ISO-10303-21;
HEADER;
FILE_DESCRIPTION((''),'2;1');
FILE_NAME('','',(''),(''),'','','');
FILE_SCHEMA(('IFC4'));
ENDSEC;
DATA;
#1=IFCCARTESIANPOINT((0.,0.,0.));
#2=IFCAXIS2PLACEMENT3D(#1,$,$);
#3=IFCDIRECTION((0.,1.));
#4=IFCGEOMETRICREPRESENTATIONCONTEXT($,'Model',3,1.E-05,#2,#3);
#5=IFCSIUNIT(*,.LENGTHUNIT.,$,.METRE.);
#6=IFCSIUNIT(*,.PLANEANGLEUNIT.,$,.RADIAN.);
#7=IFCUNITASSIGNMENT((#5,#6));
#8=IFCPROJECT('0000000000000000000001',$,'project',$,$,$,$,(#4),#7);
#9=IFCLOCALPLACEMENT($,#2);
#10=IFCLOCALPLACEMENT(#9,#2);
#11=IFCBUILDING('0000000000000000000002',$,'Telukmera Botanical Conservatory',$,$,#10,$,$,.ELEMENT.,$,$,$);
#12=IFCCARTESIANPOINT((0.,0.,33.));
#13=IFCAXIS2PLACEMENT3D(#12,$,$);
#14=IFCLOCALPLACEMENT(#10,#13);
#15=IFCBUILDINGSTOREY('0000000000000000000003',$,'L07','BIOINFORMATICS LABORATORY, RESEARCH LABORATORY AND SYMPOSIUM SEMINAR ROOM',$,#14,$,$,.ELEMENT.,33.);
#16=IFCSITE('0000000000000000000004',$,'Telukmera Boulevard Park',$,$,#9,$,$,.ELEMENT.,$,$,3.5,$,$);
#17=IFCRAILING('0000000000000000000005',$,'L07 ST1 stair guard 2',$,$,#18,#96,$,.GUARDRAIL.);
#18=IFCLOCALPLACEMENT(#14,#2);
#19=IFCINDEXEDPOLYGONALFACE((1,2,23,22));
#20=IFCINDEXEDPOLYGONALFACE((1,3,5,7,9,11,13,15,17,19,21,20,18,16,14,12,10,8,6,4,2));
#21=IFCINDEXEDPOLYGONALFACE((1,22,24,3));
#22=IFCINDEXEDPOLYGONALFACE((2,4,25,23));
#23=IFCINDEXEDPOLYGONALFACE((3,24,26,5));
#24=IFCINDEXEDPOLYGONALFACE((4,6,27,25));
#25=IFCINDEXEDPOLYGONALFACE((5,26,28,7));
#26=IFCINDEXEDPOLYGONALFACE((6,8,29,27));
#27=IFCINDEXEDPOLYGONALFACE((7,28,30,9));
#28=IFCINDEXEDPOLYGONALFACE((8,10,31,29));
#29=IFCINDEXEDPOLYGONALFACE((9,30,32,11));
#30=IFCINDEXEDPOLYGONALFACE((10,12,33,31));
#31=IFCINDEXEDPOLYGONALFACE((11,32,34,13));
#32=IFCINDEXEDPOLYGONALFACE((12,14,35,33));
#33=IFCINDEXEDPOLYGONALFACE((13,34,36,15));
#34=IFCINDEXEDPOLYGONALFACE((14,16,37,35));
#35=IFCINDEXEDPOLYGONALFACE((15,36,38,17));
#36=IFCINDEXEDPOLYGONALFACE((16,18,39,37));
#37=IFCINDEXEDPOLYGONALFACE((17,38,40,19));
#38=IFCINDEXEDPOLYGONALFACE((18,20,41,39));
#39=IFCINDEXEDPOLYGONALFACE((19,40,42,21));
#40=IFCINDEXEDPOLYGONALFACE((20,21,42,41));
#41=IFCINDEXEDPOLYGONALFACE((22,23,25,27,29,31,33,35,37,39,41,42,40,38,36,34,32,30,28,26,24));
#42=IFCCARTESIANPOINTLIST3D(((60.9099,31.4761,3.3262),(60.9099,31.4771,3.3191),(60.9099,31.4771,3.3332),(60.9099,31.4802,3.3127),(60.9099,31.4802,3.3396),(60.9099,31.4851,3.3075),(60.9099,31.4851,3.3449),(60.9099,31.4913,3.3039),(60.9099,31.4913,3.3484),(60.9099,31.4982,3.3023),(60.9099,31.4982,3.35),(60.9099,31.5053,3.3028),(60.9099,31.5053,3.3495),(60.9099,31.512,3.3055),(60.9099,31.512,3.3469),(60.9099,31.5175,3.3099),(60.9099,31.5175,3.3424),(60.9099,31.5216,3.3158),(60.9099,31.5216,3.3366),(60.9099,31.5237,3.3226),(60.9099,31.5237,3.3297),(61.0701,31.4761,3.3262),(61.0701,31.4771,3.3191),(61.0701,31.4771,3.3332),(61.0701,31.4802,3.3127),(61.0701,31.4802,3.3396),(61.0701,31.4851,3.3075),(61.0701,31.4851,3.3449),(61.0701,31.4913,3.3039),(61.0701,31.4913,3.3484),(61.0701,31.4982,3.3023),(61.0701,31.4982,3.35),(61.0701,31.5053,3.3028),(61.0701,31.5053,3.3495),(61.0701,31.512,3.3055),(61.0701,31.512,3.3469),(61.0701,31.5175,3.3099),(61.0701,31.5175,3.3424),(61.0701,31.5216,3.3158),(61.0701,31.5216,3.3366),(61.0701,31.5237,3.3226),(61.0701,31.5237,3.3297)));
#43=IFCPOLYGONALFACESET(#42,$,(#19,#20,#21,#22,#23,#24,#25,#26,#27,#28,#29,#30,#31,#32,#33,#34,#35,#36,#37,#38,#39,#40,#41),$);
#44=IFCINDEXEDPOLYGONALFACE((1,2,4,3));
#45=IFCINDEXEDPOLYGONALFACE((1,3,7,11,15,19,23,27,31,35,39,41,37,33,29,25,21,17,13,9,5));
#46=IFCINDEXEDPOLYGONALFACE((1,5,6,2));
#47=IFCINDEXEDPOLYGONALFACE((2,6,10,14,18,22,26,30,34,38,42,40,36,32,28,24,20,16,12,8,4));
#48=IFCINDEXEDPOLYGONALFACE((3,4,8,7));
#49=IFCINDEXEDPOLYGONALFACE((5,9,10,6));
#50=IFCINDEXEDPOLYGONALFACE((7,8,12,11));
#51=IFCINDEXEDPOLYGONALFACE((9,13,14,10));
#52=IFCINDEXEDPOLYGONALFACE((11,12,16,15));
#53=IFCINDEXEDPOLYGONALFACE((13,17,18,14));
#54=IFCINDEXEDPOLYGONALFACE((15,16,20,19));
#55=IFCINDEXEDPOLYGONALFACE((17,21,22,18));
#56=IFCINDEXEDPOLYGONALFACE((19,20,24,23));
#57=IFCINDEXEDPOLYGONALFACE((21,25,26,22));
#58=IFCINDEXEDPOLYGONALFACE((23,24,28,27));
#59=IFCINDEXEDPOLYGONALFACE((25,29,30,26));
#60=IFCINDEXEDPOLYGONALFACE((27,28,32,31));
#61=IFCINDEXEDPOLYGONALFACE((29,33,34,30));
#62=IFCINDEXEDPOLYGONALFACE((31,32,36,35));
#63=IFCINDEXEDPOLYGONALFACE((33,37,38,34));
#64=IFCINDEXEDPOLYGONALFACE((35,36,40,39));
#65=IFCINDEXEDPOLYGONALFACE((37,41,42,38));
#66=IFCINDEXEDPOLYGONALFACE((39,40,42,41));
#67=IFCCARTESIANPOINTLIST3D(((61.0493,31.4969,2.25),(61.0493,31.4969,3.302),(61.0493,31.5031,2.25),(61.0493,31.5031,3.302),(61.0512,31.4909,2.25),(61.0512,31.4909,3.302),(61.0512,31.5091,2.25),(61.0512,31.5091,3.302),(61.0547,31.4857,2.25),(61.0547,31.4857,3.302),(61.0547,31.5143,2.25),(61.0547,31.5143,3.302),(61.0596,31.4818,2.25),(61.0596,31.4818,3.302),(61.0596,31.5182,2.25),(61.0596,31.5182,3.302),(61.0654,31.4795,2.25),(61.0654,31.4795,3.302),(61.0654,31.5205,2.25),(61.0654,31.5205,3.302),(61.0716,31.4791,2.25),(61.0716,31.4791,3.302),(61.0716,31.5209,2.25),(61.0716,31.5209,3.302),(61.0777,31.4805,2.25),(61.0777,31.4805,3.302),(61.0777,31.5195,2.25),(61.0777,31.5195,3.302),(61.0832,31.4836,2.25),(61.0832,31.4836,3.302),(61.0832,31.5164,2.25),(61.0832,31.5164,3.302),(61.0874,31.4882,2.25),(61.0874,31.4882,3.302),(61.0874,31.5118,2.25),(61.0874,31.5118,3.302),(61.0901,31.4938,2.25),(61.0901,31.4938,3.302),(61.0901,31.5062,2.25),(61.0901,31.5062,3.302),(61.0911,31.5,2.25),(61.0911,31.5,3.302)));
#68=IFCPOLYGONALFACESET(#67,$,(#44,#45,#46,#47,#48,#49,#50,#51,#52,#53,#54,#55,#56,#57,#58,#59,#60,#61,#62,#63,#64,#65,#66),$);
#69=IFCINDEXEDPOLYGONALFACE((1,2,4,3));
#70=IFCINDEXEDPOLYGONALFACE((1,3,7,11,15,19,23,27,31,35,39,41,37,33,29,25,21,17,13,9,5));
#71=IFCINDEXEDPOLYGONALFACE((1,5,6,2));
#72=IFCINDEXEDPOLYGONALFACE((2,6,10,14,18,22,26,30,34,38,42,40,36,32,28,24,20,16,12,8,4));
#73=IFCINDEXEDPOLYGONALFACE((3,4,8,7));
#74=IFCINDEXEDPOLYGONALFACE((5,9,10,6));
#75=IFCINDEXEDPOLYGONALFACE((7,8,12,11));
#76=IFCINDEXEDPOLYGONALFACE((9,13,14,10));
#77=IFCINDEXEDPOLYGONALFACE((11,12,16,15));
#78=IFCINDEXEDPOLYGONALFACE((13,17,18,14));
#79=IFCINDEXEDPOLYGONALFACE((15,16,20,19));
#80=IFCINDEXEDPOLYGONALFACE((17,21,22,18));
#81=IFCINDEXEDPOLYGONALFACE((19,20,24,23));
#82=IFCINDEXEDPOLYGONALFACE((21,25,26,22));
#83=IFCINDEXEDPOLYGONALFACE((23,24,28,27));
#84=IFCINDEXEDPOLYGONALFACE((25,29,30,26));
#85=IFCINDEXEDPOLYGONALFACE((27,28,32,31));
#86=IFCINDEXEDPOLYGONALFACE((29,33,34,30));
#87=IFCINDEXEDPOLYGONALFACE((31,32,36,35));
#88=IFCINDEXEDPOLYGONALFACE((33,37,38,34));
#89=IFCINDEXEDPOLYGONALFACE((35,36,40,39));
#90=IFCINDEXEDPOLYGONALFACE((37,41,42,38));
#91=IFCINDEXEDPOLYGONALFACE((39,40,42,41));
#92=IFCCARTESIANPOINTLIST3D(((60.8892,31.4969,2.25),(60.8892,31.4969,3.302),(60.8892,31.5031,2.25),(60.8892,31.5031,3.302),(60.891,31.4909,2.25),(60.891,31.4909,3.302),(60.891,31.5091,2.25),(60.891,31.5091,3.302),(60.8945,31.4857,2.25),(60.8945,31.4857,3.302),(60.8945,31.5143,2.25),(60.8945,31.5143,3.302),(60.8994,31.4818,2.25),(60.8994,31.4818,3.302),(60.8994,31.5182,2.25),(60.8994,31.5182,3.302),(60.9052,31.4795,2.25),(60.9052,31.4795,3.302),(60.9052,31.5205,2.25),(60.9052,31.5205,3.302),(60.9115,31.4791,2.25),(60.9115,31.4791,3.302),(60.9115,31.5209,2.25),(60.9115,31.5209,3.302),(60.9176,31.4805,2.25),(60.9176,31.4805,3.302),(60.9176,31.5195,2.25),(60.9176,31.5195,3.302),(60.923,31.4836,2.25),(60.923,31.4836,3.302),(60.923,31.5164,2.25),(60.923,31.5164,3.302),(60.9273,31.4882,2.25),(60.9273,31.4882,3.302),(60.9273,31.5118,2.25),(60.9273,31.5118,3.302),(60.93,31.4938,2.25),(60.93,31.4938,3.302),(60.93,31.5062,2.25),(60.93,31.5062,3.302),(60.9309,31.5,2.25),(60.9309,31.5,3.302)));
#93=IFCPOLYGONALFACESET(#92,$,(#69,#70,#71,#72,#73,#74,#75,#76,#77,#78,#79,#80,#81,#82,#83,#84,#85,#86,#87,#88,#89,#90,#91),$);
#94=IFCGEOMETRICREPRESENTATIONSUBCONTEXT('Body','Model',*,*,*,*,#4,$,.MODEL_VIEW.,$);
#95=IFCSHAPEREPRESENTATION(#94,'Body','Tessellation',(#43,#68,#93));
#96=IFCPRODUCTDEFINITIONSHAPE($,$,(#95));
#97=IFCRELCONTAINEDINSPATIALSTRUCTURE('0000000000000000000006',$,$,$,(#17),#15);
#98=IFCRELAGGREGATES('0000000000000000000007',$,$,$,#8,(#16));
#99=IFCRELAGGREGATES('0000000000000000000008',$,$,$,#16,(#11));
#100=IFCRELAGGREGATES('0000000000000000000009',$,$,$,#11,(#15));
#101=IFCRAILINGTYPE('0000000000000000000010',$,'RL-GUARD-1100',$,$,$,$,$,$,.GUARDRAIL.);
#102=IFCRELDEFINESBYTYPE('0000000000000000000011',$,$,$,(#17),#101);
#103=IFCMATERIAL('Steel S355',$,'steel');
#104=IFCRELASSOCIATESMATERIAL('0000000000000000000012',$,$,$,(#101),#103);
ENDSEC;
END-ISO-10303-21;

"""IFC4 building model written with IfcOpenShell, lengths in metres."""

from ifc_helpers import new_model, si_unit, direction, frame, origin, origin_2d, place, context, subcontext, project, spatial, circle, extrude, material, type_object, element, save


model = new_model("IFC4")

# Units and contexts
model_context = context("Model", 3, precision=1e-05, world=origin(), true_north=direction((0.0, 1.0)))
body_context = subcontext(model_context, "Body", "Model", "MODEL_VIEW")
ifc_project = project(units=[si_unit("LENGTHUNIT", "METRE"), si_unit("PLANEANGLEUNIT", "RADIAN")], contexts=[model_context])

# Site, building, storey
site_placement = place(None, origin())
site = spatial("IfcSite", under=ifc_project, at=site_placement, Name="Telukmera Boulevard Park", CompositionType="ELEMENT", RefElevation=3.5)
building_placement = place(site_placement, origin())
building = spatial("IfcBuilding", under=site, at=building_placement, Name="Telukmera Botanical Conservatory", CompositionType="ELEMENT")
storey_placement = place(building_placement, frame((0.0, 0.0, 33.0)))
storey = spatial("IfcBuildingStorey", under=building, at=storey_placement, Name="L07", Description="BIOINFORMATICS LABORATORY, RESEARCH LABORATORY AND SYMPOSIUM SEMINAR ROOM", CompositionType="ELEMENT", Elevation=33.0)

# Railing
ifc_material_1 = material(Name="Steel S355", Category="steel")
railing_type_1 = type_object("IfcRailingType", Name="RL-GUARD-1100", PredefinedType="GUARDRAIL", material=ifc_material_1)
railing_1_placement = place(storey_placement, frame((61.0701, 31.5, 2.25)))
element("IfcRailing", 1, at=railing_1_placement, inside=storey, type_object=railing_type_1, Name="L07 ST1 stair guard 2", PredefinedType="GUARDRAIL", context=body_context, shape_type="SweptSolid", body=[
    extrude(circle(Radius=0.0239, at=origin_2d()), frame((0.0, 0.0, 1.0762), z_axis=(-1.0, 0.0, 0.0), x_axis=(0.0, -1.0, 0.0)), (0.0, 0.0, 1.0), 0.1602),
    extrude(circle(Radius=0.021, at=origin_2d()), origin(), (0.0, 0.0, 1.0), 1.052),
    extrude(circle(Radius=0.021, at=origin_2d()), frame((-0.1602, 0.0, 0.0)), (0.0, 0.0, 1.0), 1.052),
])

save(model, "model.ifc")
